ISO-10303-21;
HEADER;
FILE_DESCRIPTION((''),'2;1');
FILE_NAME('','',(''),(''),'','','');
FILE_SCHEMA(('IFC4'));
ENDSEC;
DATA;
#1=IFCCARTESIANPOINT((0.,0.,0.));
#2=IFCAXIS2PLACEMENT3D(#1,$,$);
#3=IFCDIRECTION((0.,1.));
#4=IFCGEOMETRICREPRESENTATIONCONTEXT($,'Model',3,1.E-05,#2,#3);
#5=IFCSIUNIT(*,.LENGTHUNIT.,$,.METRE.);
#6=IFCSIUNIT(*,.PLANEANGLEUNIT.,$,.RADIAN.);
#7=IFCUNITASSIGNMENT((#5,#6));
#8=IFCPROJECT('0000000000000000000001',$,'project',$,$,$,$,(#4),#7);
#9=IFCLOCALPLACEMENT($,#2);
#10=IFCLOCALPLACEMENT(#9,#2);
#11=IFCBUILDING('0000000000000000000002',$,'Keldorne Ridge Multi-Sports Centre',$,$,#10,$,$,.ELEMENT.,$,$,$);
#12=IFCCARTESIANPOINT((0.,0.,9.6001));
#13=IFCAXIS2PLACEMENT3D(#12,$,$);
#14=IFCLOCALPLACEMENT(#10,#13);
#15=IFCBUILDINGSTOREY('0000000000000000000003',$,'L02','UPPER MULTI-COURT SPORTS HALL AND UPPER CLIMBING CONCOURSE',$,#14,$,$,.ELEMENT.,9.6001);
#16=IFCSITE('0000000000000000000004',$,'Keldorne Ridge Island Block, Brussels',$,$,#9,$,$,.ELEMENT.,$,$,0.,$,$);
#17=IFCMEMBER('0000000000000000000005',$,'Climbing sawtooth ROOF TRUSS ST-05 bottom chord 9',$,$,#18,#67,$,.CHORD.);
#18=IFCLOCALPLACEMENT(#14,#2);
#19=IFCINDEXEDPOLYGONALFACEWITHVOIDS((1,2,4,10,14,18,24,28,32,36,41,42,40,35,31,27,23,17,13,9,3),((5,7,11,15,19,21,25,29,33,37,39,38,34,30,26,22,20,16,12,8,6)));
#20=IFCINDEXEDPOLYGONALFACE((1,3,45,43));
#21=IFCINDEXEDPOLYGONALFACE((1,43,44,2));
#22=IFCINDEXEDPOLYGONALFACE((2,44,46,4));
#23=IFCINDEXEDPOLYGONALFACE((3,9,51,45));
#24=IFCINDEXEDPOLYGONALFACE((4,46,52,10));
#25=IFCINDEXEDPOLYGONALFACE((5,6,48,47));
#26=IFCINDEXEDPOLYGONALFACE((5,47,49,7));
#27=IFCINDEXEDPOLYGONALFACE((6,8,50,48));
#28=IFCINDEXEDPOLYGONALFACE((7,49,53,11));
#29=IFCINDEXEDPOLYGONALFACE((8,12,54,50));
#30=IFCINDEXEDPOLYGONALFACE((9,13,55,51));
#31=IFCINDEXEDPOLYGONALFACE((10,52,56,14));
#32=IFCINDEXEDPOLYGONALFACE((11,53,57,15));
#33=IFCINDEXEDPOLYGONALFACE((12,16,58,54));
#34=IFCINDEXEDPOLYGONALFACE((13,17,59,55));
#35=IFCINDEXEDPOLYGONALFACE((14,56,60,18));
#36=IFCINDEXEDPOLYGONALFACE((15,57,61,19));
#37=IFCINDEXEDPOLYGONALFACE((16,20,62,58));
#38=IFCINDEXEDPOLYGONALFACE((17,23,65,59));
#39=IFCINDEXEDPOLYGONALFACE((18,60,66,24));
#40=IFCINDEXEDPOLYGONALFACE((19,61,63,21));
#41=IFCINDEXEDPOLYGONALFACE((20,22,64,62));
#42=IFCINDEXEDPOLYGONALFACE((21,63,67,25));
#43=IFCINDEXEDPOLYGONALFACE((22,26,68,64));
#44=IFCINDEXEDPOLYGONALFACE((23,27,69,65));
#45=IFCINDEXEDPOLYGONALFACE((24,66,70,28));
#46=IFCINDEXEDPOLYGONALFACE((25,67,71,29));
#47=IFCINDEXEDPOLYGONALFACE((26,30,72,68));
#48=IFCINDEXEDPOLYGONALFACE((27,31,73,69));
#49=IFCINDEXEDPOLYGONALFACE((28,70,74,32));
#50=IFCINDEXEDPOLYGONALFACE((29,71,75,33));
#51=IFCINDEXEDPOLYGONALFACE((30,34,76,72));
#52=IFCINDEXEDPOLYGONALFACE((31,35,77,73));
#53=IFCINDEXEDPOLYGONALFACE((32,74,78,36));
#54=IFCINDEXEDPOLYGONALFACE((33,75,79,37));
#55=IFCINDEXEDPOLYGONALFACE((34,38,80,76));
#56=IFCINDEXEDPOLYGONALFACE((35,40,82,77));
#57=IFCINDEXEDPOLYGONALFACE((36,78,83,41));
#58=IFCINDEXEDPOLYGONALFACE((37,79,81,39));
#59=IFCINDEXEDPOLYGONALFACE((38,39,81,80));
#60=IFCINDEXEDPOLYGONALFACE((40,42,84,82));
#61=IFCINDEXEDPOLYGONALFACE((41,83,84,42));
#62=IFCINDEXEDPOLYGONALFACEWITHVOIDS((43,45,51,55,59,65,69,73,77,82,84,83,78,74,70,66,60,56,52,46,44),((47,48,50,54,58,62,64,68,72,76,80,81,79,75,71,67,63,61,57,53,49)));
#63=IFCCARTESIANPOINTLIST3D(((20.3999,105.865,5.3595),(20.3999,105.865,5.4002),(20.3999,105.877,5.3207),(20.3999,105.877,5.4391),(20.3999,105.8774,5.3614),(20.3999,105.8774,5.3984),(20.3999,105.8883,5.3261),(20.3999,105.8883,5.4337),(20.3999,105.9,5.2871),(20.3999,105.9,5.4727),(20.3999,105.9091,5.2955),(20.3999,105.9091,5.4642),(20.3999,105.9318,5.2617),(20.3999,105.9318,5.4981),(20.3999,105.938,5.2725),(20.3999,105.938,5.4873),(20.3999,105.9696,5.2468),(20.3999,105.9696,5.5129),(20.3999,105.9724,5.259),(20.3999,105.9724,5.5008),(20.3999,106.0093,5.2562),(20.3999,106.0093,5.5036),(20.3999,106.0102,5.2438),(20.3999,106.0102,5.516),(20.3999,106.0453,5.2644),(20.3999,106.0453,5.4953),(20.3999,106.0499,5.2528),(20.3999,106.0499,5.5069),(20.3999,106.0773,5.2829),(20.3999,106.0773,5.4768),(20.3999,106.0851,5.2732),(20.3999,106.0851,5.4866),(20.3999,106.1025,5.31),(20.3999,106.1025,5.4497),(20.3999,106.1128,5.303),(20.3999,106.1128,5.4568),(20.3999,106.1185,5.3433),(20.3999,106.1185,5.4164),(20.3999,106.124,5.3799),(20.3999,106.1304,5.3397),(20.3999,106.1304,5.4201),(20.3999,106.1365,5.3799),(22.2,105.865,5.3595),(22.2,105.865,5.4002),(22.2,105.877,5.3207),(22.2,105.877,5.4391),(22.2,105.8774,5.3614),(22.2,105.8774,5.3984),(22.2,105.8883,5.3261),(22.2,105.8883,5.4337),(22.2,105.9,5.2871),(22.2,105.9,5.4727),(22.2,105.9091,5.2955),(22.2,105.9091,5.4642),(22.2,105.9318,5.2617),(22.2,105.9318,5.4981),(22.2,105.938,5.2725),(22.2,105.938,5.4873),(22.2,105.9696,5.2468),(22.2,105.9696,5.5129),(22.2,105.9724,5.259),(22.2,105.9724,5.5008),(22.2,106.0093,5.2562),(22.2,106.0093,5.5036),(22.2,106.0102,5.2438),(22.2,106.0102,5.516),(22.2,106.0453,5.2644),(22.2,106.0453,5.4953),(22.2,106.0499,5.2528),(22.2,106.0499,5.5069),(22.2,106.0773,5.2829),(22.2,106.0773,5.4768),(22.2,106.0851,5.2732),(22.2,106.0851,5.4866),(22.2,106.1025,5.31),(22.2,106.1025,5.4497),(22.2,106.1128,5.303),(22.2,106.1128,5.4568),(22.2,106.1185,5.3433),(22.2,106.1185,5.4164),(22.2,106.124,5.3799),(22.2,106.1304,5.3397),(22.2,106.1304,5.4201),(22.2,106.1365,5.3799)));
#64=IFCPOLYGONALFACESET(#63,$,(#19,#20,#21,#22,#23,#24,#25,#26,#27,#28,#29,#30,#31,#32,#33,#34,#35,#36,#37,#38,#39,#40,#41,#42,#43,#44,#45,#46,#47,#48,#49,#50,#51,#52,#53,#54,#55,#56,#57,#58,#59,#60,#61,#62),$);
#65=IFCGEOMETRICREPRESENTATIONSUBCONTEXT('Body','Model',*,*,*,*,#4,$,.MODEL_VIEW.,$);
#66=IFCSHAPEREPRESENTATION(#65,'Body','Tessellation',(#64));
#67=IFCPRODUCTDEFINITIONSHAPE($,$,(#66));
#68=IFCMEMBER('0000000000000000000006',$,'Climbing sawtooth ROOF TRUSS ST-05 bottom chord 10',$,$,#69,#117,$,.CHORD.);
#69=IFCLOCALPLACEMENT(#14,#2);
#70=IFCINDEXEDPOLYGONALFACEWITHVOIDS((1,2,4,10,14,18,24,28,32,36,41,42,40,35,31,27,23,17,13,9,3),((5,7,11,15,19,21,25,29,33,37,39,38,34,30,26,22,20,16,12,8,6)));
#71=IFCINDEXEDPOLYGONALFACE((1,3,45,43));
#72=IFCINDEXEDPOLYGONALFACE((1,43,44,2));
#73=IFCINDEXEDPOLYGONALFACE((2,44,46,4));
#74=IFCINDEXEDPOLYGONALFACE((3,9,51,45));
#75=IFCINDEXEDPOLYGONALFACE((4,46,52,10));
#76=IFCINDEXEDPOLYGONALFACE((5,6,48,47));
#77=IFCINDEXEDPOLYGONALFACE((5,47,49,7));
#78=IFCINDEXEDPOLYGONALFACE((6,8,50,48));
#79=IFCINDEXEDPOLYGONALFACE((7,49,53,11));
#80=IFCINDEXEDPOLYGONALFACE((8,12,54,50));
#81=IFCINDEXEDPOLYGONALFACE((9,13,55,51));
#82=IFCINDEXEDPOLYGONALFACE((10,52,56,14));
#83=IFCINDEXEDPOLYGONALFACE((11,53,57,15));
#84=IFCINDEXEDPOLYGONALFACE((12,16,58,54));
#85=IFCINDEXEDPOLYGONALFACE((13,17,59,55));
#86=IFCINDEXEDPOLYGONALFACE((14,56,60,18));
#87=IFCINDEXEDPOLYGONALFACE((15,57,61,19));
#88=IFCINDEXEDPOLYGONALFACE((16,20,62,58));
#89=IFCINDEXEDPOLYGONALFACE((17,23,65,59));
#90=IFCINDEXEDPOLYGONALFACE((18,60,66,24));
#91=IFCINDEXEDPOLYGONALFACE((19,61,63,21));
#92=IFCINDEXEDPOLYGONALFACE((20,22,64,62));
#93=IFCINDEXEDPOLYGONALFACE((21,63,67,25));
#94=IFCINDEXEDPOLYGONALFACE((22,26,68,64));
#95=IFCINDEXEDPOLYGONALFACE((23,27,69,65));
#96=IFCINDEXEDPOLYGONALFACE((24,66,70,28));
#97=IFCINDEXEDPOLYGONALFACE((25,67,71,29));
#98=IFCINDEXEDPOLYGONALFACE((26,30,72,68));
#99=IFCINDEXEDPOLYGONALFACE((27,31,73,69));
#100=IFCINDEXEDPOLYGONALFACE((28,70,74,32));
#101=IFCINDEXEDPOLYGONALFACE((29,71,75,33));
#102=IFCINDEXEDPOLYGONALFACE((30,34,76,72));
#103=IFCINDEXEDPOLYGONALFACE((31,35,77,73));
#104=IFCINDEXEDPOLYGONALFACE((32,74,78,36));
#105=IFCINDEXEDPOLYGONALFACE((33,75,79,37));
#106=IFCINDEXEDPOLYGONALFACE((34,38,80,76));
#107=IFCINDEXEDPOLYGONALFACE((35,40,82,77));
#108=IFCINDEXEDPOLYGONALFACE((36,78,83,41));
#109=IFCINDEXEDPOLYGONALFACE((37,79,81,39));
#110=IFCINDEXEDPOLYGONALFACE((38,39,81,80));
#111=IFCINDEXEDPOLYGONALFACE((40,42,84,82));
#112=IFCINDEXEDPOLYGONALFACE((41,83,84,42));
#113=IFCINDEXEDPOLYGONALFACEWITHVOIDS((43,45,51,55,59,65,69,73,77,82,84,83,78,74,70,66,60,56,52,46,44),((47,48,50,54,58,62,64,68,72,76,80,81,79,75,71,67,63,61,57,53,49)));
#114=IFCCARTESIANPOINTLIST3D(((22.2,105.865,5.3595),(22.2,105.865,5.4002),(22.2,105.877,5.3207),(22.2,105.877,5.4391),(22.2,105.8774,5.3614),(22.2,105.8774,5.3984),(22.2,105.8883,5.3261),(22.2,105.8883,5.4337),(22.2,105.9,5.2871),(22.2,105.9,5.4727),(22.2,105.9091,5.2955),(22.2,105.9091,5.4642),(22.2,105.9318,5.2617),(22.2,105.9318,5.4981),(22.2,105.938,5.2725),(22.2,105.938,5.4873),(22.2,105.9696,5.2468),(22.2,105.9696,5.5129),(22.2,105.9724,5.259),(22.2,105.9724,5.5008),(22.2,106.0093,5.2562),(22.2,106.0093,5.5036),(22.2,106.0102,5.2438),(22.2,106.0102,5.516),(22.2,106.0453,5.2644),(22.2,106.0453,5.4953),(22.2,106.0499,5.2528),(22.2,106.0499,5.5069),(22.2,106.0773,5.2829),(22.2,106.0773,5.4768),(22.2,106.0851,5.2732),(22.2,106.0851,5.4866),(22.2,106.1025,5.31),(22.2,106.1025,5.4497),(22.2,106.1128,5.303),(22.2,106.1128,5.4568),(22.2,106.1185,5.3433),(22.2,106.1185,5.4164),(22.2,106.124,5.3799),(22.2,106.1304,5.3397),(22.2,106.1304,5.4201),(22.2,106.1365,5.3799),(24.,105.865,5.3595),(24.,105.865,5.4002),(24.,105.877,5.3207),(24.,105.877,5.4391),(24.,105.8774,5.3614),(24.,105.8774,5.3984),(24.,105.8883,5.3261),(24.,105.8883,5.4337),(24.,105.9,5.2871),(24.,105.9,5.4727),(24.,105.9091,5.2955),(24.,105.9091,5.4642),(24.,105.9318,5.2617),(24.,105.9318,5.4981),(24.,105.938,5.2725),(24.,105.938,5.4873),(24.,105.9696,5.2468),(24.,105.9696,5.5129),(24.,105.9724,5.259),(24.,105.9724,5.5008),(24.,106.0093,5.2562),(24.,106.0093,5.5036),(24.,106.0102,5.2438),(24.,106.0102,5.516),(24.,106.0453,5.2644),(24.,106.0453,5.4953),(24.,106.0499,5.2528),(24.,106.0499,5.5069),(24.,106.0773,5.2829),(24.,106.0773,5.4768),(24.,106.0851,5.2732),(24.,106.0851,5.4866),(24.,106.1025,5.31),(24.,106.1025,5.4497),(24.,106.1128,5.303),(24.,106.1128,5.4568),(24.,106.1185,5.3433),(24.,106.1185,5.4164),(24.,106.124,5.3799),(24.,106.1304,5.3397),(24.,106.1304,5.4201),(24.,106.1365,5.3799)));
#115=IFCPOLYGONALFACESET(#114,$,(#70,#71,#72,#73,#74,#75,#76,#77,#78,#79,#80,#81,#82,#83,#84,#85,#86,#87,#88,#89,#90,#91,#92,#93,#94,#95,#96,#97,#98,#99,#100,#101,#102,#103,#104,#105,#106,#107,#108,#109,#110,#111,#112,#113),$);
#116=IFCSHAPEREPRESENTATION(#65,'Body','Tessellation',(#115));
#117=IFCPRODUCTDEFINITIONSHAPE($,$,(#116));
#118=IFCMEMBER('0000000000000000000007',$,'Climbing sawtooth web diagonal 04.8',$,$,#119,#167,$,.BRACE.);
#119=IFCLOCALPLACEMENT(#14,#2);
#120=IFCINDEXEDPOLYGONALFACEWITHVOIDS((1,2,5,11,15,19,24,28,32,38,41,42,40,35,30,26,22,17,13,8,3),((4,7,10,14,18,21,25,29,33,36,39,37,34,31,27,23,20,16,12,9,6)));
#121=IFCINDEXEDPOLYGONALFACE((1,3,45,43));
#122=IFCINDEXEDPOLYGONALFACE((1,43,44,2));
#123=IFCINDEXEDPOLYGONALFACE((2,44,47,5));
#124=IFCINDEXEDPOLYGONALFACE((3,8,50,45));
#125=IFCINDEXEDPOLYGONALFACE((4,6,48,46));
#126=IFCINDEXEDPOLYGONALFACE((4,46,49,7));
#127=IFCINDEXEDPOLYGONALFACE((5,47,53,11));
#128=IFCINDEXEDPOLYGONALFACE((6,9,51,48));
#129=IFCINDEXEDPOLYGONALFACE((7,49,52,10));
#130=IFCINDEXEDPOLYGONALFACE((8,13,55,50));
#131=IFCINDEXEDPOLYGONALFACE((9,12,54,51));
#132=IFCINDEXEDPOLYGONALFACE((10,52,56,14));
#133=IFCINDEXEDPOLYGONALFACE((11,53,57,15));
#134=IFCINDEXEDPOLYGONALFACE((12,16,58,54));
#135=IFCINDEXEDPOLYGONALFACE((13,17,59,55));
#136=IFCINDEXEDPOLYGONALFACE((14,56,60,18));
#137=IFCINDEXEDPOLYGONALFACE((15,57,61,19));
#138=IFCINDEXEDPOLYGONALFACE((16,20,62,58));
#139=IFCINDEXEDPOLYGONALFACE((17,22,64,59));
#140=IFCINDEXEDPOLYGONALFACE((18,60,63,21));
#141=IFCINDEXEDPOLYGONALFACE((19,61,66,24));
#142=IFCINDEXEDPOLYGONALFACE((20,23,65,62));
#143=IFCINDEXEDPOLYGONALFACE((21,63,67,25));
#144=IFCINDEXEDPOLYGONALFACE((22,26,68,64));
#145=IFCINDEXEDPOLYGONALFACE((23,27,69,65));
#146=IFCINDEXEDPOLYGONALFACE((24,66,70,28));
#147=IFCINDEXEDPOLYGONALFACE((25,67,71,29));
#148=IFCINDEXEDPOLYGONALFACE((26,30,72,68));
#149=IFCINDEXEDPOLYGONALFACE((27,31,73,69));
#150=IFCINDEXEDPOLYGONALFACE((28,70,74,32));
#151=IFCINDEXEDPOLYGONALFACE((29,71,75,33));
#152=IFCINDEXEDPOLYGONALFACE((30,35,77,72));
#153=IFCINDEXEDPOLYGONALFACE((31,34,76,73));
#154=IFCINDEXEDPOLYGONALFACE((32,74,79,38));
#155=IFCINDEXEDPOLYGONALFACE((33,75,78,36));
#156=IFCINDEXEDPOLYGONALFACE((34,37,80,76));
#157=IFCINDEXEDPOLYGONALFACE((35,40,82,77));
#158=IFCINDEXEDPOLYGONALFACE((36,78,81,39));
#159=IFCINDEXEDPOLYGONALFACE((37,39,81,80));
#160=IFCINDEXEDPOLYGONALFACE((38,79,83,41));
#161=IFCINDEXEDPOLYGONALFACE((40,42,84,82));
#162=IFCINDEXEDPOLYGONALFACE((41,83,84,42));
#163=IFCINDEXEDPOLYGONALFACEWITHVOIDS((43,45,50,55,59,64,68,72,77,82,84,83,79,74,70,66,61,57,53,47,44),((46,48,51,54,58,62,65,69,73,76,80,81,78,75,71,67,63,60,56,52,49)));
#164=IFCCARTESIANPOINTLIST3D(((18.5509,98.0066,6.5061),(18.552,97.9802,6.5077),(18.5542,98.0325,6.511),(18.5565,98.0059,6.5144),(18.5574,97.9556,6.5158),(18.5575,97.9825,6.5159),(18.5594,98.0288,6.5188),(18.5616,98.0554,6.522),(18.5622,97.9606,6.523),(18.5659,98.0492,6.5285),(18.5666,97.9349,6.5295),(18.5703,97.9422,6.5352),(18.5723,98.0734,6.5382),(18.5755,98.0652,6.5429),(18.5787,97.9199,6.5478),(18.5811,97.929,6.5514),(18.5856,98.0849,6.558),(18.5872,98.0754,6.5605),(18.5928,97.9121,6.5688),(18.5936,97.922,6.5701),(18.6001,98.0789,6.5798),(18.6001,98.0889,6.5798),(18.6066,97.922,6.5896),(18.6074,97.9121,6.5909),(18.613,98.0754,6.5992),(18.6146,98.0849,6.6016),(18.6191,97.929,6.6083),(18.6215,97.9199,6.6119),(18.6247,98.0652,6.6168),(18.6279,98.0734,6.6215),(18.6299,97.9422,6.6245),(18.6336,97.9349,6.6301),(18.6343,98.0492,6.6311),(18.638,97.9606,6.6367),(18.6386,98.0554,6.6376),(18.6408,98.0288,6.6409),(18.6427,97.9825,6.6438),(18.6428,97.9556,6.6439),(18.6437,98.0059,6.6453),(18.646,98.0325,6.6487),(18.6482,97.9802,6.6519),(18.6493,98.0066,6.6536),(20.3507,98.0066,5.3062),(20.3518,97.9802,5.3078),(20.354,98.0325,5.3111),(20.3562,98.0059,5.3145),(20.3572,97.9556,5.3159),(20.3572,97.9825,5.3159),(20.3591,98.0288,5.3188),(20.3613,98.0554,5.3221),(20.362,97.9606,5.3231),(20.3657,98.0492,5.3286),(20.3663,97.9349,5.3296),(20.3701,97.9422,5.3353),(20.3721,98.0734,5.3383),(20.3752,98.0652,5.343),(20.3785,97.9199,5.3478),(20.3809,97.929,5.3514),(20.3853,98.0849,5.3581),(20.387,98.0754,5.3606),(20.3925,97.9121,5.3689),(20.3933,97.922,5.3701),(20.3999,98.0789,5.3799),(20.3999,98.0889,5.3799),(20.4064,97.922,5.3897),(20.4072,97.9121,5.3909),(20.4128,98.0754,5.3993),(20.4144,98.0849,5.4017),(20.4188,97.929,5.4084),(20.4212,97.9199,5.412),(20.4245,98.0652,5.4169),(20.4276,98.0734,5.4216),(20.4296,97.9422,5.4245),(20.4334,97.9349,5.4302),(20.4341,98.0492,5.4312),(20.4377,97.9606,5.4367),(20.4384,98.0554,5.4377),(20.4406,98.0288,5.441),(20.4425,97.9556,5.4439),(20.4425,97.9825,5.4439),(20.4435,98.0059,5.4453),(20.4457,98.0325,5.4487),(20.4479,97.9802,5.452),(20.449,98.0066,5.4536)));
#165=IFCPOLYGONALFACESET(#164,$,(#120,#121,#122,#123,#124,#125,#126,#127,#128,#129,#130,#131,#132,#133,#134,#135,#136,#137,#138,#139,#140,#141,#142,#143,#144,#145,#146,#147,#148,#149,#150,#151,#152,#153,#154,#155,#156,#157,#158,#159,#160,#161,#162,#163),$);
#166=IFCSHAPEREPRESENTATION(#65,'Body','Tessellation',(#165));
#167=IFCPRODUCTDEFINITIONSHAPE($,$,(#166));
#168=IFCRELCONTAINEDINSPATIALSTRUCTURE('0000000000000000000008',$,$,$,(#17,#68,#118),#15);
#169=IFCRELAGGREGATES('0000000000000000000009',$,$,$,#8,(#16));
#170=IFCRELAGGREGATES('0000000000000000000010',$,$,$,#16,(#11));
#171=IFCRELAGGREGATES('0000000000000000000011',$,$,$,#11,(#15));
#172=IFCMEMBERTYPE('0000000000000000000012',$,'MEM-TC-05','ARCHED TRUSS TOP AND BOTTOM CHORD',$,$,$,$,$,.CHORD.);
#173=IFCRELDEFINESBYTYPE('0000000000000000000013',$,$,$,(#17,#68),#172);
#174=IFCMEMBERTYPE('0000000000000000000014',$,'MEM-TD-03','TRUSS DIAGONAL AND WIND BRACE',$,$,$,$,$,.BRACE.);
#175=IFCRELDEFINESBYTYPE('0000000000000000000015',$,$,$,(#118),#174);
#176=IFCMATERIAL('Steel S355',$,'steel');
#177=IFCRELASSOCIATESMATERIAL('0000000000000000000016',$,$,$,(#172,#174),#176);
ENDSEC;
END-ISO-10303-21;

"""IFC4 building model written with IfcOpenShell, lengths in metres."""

from ifc_helpers import new_model, si_unit, direction, frame, origin, origin_2d, place, context, subcontext, project, spatial, hollow_circle, extrude, material, material_profile, profile_set, type_object, element, save


model = new_model("IFC4")

# Units and contexts
model_context = context("Model", 3, precision=1e-05, world=origin(), true_north=direction((0.0, 1.0)))
body_context = subcontext(model_context, "Body", "Model", "MODEL_VIEW")
ifc_project = project(units=[si_unit("LENGTHUNIT", "METRE"), si_unit("PLANEANGLEUNIT", "RADIAN")], contexts=[model_context])

# Site, building, storey
site_placement = place(None, origin())
site = spatial("IfcSite", under=ifc_project, at=site_placement, Name="Keldorne Ridge Island Block, Brussels", CompositionType="ELEMENT", RefElevation=0.0)
building_placement = place(site_placement, origin())
building = spatial("IfcBuilding", under=site, at=building_placement, Name="Keldorne Ridge Multi-Sports Centre", CompositionType="ELEMENT")
storey_placement = place(building_placement, frame((0.0, 0.0, 9.6001)))
storey = spatial("IfcBuildingStorey", under=building, at=storey_placement, Name="L02", Description="UPPER MULTI-COURT SPORTS HALL AND UPPER CLIMBING CONCOURSE", CompositionType="ELEMENT", Elevation=9.6001)

# Shared definitions
ifc_material = material(Name="Steel S355", Category="steel")

# Members
ifc_material_profile_1 = material_profile(ifc_material, hollow_circle(Radius=0.1365, WallThickness=0.0125, at=origin_2d()), Name="CHS 273x12.5")
ifc_profile_set_1 = profile_set([ifc_material_profile_1], Name="Steel S355")
member_type_1 = type_object("IfcMemberType", Name="MEM-TC-05", Description="ARCHED TRUSS TOP AND BOTTOM CHORD", PredefinedType="CHORD", material=ifc_profile_set_1)
for number, where, z_axis, x_axis, name in (
    (1, (20.3999, 106.0, 5.3799), (1.0, 0.0, 0.0), (0.0, 1.0, 0.0), "Climbing sawtooth ROOF TRUSS ST-05 bottom chord 9"),
    (2, (22.2, 106.0, 5.3799), (1.0, 0.0, 0.0), (0.0, 1.0, 0.0), "Climbing sawtooth ROOF TRUSS ST-05 bottom chord 10"),
):
    element("IfcMember", number, at=place(storey_placement, frame(where, z_axis=z_axis, x_axis=x_axis)), inside=storey, type_object=member_type_1, Name=name, PredefinedType="CHORD", context=body_context, shape_type="SweptSolid", body=[
        extrude(hollow_circle(Radius=0.1365, WallThickness=0.0125, at=origin_2d()), origin(), (0.0, 0.0, 1.0), 1.8),
    ])
ifc_material_profile_2 = material_profile(ifc_material, hollow_circle(Radius=0.0889, WallThickness=0.01, at=origin_2d()), Name="CHS 177.8x10")
ifc_profile_set_2 = profile_set([ifc_material_profile_2], Name="Steel S355")
member_type_2 = type_object("IfcMemberType", Name="MEM-TD-03", Description="TRUSS DIAGONAL AND WIND BRACE", PredefinedType="BRACE", material=ifc_profile_set_2)
member_1_placement = place(storey_placement, frame((18.6001, 98.0, 6.5798), z_axis=(0.832033, 0.0, -0.554726), x_axis=(0.0, 1.0, 0.0)))
element("IfcMember", 3, at=member_1_placement, inside=storey, type_object=member_type_2, Name="Climbing sawtooth web diagonal 04.8", PredefinedType="BRACE", context=body_context, shape_type="SweptSolid", body=[
    extrude(hollow_circle(Radius=0.0889, WallThickness=0.01, at=origin_2d()), origin(), (0.0, 0.0, 1.0), 2.1631),
])

save(model, "model.ifc")
